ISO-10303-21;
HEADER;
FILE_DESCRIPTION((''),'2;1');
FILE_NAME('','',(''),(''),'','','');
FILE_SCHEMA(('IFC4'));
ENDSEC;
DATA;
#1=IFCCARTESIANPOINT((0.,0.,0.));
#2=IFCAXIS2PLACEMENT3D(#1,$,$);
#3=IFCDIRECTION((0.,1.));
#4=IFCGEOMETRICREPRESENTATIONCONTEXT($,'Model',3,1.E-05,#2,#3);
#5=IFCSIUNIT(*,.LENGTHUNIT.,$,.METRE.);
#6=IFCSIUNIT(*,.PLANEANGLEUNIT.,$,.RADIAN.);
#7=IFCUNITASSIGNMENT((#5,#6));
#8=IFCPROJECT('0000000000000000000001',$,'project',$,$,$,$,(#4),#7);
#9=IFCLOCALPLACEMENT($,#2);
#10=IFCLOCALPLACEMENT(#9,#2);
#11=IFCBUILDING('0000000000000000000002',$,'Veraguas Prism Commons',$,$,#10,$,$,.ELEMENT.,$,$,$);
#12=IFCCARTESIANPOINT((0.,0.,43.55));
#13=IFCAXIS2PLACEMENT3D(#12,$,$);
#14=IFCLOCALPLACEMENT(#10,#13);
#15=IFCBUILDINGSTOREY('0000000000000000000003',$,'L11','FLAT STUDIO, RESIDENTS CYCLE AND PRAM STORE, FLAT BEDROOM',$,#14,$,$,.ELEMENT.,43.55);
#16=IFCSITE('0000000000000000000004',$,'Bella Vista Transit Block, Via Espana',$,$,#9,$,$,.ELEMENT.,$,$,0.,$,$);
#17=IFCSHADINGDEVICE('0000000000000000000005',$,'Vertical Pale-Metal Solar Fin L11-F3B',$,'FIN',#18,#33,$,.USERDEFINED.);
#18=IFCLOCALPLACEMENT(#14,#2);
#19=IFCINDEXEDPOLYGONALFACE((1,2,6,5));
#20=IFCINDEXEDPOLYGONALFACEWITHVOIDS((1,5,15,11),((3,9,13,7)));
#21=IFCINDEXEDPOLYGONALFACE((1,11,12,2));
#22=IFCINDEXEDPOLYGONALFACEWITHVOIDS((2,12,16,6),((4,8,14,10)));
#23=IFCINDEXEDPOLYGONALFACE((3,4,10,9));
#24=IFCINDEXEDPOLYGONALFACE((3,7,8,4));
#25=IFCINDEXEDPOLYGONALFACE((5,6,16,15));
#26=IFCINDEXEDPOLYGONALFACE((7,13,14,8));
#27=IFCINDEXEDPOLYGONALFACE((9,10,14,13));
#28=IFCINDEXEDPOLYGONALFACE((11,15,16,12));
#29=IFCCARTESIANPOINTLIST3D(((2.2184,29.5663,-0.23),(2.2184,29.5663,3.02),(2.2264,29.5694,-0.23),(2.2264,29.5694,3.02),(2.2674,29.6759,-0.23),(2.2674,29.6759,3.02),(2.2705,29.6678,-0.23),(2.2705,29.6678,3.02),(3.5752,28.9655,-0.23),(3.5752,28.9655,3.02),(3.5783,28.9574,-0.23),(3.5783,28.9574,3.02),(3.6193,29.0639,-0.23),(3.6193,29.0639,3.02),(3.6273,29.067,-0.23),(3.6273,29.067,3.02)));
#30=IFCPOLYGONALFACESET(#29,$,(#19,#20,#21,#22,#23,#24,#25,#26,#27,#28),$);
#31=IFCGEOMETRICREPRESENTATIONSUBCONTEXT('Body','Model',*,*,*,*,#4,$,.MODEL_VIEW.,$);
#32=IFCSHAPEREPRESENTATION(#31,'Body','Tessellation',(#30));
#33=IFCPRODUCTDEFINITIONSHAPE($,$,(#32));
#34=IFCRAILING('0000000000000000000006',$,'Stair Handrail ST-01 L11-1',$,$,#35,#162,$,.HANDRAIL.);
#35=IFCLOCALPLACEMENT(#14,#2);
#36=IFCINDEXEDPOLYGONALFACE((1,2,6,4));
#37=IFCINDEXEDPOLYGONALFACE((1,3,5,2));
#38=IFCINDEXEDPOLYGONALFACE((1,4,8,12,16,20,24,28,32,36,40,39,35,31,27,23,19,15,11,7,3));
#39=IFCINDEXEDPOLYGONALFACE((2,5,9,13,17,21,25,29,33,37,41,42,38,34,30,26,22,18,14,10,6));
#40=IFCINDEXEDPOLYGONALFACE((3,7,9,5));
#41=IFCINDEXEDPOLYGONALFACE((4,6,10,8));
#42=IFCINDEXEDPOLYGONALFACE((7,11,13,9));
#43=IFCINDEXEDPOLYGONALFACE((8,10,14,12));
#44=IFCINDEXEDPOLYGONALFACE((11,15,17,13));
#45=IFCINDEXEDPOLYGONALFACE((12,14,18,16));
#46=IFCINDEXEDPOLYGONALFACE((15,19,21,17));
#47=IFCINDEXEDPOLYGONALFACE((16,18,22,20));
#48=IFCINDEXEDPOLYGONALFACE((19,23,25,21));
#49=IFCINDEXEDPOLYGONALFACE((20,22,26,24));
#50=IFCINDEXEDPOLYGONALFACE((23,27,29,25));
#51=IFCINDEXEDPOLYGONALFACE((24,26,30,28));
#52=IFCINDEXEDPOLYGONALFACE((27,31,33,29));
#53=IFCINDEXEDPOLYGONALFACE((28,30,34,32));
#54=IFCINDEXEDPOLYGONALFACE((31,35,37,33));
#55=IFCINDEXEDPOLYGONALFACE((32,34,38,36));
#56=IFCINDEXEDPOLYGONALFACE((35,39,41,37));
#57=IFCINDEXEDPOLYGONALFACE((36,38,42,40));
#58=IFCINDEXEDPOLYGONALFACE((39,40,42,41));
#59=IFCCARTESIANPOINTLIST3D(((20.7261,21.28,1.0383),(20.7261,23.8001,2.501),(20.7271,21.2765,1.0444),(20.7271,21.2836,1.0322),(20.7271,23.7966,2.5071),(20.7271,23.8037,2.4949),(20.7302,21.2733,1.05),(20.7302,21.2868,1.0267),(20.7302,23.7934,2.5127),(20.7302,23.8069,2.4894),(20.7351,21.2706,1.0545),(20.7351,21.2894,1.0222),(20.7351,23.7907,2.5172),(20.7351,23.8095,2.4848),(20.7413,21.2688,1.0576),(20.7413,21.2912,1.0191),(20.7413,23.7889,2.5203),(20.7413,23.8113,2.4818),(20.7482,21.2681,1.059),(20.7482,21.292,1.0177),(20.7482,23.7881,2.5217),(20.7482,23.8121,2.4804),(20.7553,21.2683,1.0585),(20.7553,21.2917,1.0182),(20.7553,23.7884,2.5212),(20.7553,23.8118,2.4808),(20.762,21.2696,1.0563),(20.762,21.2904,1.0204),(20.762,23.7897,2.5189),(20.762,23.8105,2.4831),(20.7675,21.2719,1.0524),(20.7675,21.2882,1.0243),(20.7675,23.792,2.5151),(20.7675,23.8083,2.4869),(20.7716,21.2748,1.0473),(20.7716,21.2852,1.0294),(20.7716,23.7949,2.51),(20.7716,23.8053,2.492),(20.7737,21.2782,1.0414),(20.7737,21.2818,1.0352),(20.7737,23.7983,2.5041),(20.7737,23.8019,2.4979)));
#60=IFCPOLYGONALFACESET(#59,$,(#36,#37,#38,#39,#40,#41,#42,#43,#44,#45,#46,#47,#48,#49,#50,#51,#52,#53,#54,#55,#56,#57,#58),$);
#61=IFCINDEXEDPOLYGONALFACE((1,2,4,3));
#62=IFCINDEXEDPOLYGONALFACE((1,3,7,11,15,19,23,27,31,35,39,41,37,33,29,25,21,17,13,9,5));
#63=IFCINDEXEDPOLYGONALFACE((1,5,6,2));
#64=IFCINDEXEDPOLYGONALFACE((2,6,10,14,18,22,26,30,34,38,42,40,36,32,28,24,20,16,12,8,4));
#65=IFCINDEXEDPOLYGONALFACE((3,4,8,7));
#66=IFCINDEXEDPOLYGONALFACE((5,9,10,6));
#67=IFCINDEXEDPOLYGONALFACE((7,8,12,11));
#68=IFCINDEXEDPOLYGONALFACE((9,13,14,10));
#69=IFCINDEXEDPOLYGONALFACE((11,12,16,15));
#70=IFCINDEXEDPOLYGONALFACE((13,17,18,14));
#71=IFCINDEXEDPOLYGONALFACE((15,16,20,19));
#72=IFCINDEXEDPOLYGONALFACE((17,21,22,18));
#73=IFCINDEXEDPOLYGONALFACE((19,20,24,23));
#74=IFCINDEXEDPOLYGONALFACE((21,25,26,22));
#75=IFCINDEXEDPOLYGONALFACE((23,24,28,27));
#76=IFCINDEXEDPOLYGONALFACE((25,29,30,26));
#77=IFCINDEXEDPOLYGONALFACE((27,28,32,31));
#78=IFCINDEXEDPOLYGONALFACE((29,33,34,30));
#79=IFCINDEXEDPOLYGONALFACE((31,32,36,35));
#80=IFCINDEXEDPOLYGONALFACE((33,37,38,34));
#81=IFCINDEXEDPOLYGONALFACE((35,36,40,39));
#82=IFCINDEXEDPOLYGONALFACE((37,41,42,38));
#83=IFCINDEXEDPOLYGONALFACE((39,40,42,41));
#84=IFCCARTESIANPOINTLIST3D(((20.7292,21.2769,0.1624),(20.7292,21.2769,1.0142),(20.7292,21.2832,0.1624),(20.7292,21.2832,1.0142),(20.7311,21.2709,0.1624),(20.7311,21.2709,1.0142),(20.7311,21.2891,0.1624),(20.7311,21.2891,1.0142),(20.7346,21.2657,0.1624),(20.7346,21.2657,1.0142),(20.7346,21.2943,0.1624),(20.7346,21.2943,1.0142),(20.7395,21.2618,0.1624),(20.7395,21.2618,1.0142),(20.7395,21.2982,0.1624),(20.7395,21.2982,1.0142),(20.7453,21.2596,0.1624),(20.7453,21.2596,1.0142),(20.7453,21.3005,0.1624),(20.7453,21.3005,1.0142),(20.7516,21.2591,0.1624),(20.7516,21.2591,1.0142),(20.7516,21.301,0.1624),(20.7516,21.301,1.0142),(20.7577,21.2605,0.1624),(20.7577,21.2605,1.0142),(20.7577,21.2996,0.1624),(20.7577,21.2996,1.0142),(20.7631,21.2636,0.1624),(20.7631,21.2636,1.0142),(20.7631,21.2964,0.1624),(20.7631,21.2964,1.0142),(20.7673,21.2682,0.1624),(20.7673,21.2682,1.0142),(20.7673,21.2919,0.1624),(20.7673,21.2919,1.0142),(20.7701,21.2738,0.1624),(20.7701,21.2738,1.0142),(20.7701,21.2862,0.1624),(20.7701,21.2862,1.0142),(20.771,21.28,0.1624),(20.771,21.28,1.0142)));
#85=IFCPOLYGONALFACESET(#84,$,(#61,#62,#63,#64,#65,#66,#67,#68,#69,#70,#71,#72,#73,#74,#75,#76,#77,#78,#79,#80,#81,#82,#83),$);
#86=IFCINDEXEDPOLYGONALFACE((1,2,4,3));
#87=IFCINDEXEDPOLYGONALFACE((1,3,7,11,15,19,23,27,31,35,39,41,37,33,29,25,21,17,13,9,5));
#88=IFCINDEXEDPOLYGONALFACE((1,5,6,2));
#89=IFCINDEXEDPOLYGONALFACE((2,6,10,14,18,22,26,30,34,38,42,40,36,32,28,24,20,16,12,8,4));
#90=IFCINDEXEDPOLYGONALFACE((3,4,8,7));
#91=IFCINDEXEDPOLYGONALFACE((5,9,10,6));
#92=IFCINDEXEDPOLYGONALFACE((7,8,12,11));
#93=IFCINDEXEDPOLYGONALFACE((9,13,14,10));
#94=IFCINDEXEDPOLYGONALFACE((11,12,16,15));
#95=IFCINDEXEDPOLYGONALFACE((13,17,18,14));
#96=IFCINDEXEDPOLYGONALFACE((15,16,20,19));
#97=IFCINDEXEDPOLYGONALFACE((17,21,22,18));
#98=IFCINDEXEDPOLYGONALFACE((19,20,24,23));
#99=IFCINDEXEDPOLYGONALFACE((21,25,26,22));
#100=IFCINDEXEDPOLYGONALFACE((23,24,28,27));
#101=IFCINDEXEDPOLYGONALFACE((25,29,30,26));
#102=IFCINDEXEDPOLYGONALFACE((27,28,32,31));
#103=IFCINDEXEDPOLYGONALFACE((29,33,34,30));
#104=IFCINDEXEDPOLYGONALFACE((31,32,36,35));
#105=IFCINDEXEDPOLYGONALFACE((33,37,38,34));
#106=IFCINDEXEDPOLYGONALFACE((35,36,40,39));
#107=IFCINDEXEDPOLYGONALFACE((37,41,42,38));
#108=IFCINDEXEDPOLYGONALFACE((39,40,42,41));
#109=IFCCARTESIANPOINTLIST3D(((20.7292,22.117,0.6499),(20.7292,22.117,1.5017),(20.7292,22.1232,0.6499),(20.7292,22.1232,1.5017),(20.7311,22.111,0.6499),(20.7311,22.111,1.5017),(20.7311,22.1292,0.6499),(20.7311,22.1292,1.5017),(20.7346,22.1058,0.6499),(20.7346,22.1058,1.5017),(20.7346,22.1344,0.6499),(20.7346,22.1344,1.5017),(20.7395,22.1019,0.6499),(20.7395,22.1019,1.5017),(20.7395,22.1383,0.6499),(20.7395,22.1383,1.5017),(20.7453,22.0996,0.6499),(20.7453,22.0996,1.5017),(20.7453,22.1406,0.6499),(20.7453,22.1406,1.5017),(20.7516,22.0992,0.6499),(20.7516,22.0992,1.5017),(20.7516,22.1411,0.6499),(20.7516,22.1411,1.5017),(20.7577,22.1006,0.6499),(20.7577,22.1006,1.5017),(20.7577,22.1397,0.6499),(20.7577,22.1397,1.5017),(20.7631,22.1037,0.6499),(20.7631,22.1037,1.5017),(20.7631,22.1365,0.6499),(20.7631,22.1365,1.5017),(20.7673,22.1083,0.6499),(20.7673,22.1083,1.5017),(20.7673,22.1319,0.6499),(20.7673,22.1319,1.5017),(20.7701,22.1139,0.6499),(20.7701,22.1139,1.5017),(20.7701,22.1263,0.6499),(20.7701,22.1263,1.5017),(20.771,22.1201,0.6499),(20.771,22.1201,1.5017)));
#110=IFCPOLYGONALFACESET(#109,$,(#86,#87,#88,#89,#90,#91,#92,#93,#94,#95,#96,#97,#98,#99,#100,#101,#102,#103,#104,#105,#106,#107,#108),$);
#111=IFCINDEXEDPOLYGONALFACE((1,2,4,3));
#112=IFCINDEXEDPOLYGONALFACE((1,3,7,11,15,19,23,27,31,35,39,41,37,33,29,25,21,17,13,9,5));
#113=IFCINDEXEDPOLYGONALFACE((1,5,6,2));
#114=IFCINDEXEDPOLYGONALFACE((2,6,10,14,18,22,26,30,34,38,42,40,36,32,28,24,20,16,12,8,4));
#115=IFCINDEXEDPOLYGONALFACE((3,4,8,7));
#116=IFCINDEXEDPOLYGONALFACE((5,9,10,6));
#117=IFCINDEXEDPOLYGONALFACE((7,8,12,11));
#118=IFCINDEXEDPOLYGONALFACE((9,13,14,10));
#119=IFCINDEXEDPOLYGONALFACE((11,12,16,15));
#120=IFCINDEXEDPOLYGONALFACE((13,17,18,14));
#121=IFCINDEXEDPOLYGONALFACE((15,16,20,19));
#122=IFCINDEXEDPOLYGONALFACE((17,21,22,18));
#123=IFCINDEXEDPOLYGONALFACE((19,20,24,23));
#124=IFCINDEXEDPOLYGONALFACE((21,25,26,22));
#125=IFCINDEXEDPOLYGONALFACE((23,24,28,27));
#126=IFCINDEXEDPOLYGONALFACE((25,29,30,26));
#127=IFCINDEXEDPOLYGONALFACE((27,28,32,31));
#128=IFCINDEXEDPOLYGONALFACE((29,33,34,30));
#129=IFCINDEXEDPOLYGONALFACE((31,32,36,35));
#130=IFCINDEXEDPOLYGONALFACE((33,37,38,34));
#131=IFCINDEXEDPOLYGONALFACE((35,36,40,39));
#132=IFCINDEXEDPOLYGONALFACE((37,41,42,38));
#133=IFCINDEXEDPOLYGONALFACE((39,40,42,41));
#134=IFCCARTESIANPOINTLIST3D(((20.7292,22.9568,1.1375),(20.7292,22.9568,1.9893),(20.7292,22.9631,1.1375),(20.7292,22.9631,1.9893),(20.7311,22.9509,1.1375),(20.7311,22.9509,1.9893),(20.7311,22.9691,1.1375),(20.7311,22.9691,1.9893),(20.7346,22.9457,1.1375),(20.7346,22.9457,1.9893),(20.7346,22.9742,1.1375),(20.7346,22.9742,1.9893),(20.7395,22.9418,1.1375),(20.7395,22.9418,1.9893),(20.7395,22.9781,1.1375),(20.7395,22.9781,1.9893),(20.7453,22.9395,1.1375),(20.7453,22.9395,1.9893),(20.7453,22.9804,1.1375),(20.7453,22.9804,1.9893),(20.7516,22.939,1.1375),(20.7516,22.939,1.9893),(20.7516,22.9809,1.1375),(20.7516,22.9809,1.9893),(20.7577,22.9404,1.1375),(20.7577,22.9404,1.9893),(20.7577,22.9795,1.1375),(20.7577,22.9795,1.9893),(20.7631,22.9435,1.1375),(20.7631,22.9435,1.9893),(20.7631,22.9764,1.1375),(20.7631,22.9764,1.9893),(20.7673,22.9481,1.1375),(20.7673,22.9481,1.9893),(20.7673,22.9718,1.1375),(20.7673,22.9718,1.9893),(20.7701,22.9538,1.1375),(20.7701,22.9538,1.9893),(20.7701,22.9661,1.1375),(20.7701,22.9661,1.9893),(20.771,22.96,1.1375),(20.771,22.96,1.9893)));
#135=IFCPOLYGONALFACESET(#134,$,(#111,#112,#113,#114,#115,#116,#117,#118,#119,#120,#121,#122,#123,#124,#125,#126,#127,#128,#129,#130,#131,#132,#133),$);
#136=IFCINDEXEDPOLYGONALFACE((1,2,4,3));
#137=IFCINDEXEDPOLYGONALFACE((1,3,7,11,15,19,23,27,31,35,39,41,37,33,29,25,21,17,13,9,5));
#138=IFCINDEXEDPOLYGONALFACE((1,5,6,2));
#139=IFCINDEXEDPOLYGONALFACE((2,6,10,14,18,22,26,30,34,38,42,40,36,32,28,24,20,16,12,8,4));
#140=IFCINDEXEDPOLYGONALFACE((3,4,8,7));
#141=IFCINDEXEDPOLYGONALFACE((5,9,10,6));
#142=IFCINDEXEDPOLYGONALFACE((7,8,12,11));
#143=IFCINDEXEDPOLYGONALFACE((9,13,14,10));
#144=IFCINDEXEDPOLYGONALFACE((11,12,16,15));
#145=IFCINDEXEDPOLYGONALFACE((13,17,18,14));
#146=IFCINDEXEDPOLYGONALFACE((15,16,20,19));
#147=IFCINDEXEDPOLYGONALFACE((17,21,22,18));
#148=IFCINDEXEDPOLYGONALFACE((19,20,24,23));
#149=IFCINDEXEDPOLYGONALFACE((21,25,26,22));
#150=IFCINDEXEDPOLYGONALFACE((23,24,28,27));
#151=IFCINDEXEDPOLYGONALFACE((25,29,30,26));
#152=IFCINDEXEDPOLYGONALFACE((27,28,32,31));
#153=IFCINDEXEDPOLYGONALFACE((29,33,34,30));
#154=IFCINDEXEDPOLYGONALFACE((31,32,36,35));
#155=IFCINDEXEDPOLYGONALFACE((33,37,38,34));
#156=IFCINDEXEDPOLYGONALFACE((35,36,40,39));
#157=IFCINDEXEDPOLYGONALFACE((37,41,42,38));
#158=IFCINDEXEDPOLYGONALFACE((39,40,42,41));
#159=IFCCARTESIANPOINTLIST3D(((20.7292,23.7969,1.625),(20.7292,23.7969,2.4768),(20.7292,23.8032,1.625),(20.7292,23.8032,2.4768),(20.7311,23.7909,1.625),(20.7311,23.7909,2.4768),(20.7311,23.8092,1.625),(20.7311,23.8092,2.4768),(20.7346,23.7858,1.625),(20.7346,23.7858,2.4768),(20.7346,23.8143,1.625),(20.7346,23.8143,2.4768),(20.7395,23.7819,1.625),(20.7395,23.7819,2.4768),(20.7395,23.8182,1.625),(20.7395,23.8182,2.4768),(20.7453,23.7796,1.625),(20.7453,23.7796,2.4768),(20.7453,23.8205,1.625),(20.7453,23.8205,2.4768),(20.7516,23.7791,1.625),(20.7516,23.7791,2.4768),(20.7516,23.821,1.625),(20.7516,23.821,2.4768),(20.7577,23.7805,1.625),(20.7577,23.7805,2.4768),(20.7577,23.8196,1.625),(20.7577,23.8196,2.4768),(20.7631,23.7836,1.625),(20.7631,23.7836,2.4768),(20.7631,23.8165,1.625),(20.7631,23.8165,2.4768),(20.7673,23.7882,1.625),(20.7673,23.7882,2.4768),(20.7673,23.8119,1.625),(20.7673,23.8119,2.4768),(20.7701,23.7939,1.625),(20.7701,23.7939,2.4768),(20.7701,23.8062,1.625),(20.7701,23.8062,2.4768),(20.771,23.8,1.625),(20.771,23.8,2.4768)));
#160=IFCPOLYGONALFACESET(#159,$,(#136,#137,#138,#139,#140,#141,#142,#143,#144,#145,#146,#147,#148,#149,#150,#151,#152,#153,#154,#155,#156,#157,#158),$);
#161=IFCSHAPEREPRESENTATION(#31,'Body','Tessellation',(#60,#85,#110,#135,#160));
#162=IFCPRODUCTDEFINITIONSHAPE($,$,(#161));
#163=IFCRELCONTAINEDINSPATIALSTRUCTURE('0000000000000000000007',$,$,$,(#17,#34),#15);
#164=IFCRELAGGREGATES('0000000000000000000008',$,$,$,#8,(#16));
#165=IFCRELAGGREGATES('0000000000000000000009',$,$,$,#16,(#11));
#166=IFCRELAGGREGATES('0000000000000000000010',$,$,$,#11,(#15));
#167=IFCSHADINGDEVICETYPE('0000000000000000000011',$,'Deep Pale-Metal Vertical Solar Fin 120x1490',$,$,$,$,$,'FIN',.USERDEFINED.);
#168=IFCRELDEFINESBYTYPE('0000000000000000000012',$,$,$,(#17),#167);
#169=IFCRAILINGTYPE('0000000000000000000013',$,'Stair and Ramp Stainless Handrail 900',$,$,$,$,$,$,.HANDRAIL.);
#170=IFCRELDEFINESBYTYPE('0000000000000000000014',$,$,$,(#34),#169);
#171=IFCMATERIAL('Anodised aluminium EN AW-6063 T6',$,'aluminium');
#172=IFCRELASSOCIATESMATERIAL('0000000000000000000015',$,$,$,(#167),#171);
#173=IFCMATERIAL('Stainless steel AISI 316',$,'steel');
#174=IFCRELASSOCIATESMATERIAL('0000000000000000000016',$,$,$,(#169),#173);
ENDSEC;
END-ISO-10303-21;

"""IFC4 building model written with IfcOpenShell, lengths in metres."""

from ifc_helpers import new_model, si_unit, direction, frame, origin, origin_2d, place, context, subcontext, project, spatial, hollow_rectangle, circle, extrude, material, material_profile, profile_set, type_object, element, save


model = new_model("IFC4")

# Units and contexts
model_context = context("Model", 3, precision=1e-05, world=origin(), true_north=direction((0.0, 1.0)))
body_context = subcontext(model_context, "Body", "Model", "MODEL_VIEW")
ifc_project = project(units=[si_unit("LENGTHUNIT", "METRE"), si_unit("PLANEANGLEUNIT", "RADIAN")], contexts=[model_context])

# Site, building, storey
site_placement = place(None, origin())
site = spatial("IfcSite", under=ifc_project, at=site_placement, Name="Bella Vista Transit Block, Via Espana", CompositionType="ELEMENT", RefElevation=0.0)
building_placement = place(site_placement, origin())
building = spatial("IfcBuilding", under=site, at=building_placement, Name="Veraguas Prism Commons", CompositionType="ELEMENT")
storey_placement = place(building_placement, frame((0.0, 0.0, 43.55)))
storey = spatial("IfcBuildingStorey", under=building, at=storey_placement, Name="L11", Description="FLAT STUDIO, RESIDENTS CYCLE AND PRAM STORE, FLAT BEDROOM", CompositionType="ELEMENT", Elevation=43.55)

# Shared definitions
ifc_material_1 = material(Name="Anodised aluminium EN AW-6063 T6", Category="aluminium")

# Shading device
ifc_material_profile_1 = material_profile(ifc_material_1, hollow_rectangle(XDim=0.1201, YDim=1.49, WallThickness=0.0061, at=origin_2d()), Name="FIN120X1490X6")
ifc_profile_set_1 = profile_set([ifc_material_profile_1], Name="Anodised aluminium EN AW-6063 T6")
shading_device_type = type_object("IfcShadingDeviceType", Name="Deep Pale-Metal Vertical Solar Fin 120x1490", ElementType="FIN", PredefinedType="USERDEFINED", material=ifc_profile_set_1)
shading_device_placement = place(storey_placement, frame((2.9229, 29.3167, -0.23), z_axis=(0.0, 0.0, 1.0), x_axis=(-0.408646, -0.912693, 0.0)))
element("IfcShadingDevice", 1, at=shading_device_placement, inside=storey, type_object=shading_device_type, Name="Vertical Pale-Metal Solar Fin L11-F3B", ObjectType="FIN", PredefinedType="USERDEFINED", context=body_context, shape_type="SweptSolid", body=[
    extrude(hollow_rectangle(XDim=0.1201, YDim=1.49, WallThickness=0.0061, at=origin_2d()), origin(), (0.0, 0.0, 1.0), 3.25),
])

# Railing
ifc_material_2 = material(Name="Stainless steel AISI 316", Category="steel")
railing_type_1 = type_object("IfcRailingType", Name="Stair and Ramp Stainless Handrail 900", PredefinedType="HANDRAIL", material=ifc_material_2)
railing_1_placement = place(storey_placement, frame((20.75, 21.28, 0.1624)))
element("IfcRailing", 2, at=railing_1_placement, inside=storey, type_object=railing_type_1, Name="Stair Handrail ST-01 L11-1", PredefinedType="HANDRAIL", context=body_context, shape_type="SweptSolid", body=[
    extrude(circle(Radius=0.0239, at=origin_2d()), frame((0.0, 0.0, 0.876), z_axis=(0.0, 0.864877, 0.501984), x_axis=(-1.0, 0.0, 0.0)), (0.0, 0.0, 1.0), 2.9138),
    extrude(circle(Radius=0.021, at=origin_2d()), origin(), (0.0, 0.0, 1.0), 0.8518),
    extrude(circle(Radius=0.021, at=origin_2d()), frame((0.0, 0.8401, 0.4875)), (0.0, 0.0, 1.0), 0.8518),
    extrude(circle(Radius=0.021, at=origin_2d()), frame((0.0, 1.6799, 0.9751)), (0.0, 0.0, 1.0), 0.8518),
    extrude(circle(Radius=0.021, at=origin_2d()), frame((0.0, 2.52, 1.4626)), (0.0, 0.0, 1.0), 0.8518),
])

save(model, "model.ifc")
